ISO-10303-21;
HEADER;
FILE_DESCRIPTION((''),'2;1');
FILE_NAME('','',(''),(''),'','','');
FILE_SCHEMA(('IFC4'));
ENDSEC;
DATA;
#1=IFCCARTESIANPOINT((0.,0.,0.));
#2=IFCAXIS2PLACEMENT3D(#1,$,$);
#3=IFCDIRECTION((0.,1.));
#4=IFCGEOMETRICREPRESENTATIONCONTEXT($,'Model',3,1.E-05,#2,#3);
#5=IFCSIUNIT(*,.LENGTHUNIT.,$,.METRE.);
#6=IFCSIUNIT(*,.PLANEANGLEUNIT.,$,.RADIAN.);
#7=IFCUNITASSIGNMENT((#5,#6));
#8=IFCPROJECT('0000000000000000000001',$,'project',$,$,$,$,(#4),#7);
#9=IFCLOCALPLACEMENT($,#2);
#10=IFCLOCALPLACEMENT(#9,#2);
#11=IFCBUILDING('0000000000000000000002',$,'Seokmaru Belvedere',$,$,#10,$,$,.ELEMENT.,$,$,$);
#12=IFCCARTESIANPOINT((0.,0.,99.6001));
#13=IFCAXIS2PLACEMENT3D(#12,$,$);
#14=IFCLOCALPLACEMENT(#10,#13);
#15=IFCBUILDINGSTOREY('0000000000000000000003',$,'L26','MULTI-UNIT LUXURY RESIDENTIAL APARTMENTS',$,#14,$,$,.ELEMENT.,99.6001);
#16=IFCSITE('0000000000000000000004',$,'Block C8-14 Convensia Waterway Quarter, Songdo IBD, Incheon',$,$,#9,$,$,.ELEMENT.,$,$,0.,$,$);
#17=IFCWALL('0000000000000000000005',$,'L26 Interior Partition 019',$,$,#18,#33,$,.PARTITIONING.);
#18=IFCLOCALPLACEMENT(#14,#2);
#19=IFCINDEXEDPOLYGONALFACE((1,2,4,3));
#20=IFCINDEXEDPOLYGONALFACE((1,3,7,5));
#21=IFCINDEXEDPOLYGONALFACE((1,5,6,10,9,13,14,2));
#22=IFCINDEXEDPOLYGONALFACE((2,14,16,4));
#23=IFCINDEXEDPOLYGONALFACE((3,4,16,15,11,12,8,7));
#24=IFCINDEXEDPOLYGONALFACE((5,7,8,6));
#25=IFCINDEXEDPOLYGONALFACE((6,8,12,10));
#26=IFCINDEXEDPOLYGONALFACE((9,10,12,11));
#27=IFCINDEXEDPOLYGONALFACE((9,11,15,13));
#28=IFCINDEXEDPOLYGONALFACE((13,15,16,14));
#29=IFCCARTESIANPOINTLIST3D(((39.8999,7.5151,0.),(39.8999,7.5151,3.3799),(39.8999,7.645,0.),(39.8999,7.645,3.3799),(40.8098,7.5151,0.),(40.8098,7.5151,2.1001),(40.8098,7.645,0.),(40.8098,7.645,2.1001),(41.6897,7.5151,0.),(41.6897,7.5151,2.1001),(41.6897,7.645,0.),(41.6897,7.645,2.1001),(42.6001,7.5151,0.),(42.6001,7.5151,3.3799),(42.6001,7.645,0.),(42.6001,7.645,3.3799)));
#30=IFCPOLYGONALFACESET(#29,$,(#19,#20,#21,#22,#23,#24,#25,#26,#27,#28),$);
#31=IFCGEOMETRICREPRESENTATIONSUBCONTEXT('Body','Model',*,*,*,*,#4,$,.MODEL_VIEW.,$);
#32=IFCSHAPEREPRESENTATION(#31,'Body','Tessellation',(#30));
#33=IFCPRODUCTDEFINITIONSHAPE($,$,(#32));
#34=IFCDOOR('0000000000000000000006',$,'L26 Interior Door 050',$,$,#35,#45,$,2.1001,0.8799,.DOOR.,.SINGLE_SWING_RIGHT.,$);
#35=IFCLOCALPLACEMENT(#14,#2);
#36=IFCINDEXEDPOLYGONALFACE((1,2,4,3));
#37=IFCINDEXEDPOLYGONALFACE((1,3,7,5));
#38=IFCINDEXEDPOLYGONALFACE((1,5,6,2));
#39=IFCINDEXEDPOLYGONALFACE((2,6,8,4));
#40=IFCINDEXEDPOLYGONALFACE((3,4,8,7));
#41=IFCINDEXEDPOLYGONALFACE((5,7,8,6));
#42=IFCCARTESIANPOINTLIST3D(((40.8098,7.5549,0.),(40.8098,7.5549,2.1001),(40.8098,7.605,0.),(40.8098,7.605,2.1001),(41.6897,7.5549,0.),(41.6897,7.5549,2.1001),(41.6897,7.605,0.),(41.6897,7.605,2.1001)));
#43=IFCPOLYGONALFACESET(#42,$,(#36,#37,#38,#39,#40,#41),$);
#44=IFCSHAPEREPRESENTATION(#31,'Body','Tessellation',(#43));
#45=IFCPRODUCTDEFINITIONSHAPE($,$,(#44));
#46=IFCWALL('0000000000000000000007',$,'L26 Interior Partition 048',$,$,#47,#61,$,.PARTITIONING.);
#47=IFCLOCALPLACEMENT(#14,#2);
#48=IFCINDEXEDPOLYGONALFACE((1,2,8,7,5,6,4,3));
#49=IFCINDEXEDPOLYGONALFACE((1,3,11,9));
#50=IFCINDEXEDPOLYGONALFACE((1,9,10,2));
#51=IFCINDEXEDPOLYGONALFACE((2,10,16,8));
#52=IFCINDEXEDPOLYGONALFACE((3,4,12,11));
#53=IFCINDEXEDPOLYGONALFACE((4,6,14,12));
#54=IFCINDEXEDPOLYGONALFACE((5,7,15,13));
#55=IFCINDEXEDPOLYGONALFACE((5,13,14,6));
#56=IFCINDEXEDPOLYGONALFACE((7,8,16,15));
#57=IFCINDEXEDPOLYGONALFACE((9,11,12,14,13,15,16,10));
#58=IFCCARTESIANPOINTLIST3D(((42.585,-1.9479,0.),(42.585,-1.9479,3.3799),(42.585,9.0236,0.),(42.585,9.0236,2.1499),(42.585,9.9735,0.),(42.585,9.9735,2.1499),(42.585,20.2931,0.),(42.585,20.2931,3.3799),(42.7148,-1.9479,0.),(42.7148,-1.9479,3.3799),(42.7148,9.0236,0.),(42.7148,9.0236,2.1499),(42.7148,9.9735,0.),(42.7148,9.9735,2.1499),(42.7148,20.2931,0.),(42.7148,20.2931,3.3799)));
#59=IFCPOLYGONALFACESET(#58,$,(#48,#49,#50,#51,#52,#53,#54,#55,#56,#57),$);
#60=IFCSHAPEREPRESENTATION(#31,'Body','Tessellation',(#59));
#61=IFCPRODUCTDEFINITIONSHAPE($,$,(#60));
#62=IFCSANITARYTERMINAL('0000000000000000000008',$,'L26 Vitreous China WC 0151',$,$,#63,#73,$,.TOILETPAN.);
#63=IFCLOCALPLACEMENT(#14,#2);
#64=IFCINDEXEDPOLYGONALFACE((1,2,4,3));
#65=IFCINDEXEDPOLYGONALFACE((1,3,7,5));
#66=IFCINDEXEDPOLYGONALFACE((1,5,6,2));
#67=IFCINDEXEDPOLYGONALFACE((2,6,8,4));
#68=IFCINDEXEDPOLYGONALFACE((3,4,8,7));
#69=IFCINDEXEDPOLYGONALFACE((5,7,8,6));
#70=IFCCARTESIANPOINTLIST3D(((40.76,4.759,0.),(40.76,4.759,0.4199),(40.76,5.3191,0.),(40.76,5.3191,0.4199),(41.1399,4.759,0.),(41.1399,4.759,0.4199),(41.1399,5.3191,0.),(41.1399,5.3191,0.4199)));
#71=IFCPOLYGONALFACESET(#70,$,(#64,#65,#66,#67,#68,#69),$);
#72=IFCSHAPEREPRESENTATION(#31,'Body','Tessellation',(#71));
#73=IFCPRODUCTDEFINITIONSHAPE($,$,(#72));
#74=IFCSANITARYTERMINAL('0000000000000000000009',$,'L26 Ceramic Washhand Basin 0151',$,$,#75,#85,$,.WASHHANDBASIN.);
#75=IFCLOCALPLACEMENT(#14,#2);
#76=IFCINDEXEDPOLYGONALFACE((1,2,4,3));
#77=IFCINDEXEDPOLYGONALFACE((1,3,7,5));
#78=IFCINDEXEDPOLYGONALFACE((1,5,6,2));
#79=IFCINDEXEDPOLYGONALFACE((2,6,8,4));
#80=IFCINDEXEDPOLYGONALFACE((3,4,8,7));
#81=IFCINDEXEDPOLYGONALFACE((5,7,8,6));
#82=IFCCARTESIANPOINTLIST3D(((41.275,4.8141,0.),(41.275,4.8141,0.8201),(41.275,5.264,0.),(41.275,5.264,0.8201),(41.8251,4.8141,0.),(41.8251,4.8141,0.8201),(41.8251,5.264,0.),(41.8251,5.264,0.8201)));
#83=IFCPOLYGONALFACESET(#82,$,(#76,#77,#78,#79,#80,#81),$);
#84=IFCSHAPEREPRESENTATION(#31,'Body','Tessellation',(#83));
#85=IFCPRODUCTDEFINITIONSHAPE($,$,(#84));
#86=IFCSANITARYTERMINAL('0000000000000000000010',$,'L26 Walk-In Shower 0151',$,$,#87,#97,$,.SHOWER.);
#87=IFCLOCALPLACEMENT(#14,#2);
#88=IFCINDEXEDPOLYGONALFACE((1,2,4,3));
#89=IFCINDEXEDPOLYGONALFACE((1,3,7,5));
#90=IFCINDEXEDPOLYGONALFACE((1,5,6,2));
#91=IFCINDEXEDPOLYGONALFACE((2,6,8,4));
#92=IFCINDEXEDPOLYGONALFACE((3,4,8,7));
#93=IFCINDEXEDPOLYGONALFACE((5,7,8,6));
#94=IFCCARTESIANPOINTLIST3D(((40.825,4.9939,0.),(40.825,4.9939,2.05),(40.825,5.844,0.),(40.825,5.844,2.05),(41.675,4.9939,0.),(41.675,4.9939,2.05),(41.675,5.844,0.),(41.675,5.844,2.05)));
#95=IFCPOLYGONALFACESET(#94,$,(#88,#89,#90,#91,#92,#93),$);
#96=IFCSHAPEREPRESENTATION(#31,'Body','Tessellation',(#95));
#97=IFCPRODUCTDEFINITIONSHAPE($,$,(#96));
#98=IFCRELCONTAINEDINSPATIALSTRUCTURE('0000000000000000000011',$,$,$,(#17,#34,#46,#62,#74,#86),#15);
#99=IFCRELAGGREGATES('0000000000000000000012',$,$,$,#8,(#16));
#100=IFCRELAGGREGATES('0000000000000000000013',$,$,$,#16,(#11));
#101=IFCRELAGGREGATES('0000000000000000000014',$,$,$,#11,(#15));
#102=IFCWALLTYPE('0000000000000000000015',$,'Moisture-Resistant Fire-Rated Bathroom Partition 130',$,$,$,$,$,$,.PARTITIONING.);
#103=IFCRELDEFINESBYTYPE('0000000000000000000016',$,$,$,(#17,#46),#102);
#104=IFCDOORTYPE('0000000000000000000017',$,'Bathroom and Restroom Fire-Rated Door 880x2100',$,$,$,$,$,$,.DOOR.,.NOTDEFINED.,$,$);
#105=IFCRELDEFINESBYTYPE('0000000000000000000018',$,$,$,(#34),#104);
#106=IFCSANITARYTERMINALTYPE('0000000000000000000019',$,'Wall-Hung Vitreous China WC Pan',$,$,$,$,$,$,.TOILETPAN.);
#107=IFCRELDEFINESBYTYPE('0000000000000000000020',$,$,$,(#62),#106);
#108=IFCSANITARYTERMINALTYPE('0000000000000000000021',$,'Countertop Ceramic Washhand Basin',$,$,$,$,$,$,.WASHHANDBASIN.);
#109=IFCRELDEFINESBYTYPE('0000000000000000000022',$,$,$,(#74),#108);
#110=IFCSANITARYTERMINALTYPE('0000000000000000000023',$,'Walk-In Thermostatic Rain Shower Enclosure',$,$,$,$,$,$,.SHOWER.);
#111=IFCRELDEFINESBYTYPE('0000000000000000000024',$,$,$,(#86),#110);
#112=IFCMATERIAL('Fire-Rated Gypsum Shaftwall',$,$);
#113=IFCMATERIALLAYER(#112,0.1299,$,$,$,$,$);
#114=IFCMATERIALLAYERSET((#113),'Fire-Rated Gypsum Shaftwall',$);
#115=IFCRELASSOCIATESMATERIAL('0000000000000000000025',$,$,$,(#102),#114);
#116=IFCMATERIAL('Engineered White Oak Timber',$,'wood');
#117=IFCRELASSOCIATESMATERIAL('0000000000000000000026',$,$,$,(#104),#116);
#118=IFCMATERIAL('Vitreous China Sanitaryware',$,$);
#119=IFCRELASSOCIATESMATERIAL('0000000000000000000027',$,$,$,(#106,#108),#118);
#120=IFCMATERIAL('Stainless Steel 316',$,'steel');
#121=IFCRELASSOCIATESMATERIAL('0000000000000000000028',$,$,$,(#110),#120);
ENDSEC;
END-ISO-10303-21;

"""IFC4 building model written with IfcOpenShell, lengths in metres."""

from ifc_helpers import new_model, si_unit, direction, frame, frame_2d, origin, origin_2d, place, context, subcontext, project, spatial, rectangle, extrude, source, transform, mapped, material, layer, layer_set, type_object, type_shapes, element, fill, save


model = new_model("IFC4")

# Units and contexts
model_context = context("Model", 3, precision=1e-05, world=origin(), true_north=direction((0.0, 1.0)))
body_context = subcontext(model_context, "Body", "Model", "MODEL_VIEW")
ifc_project = project(units=[si_unit("LENGTHUNIT", "METRE"), si_unit("PLANEANGLEUNIT", "RADIAN")], contexts=[model_context])

# Site, building, storey
site_placement = place(None, origin())
site = spatial("IfcSite", under=ifc_project, at=site_placement, Name="Block C8-14 Convensia Waterway Quarter, Songdo IBD, Incheon", CompositionType="ELEMENT", RefElevation=0.0)
building_placement = place(site_placement, origin())
building = spatial("IfcBuilding", under=site, at=building_placement, Name="Seokmaru Belvedere", CompositionType="ELEMENT")
storey_placement = place(building_placement, frame((0.0, 0.0, 99.6001)))
storey = spatial("IfcBuildingStorey", under=building, at=storey_placement, Name="L26", Description="MULTI-UNIT LUXURY RESIDENTIAL APARTMENTS", CompositionType="ELEMENT", Elevation=99.6001)

# Shared definitions
ifc_material_1 = material(Name="Fire-Rated Gypsum Shaftwall")
ifc_material_2 = material(Name="Engineered White Oak Timber", Category="wood")

# Wall, opening, door
ifc_layer_1 = layer(ifc_material_1, 0.1299)
ifc_layer_set_1 = layer_set([ifc_layer_1], Name="Fire-Rated Gypsum Shaftwall")
wall_type_1 = type_object("IfcWallType", Name="Moisture-Resistant Fire-Rated Bathroom Partition 130", PredefinedType="PARTITIONING", material=ifc_layer_set_1)
wall_1_placement = place(storey_placement, frame((39.8999, 7.5801, 0.0), z_axis=(0.0, 0.0, 1.0), x_axis=(1.0, 0.0, 0.0)))
wall_1 = element("IfcWall", 1, at=wall_1_placement, inside=storey, type_object=wall_type_1, Name="L26 Interior Partition 019", PredefinedType="PARTITIONING", context=body_context, shape_type="SweptSolid", body=[
    extrude(rectangle(XDim=2.7002, YDim=0.1299, at=frame_2d((1.3501, 0.0))), origin(), (0.0, 0.0, 1.0), 3.3799),
])
opening_1_placement = place(wall_1_placement, frame((0.9099, 0.0, 0.0)))
opening_1 = element("IfcOpeningElement", 2, at=opening_1_placement, cuts=wall_1, PredefinedType="OPENING", context=body_context, shape_type="SweptSolid", body=[
    extrude(rectangle(XDim=0.8799, YDim=2.1001, at=frame_2d((0.4399, 1.05))), frame((0.0, 0.075, 0.0), z_axis=(0.0, -1.0, 0.0), x_axis=(1.0, 0.0, 0.0)), (0.0, 0.0, 1.0), 0.1499),
])
door_type_1 = type_object("IfcDoorType", Name="Bathroom and Restroom Fire-Rated Door 880x2100", OperationType="NOTDEFINED", PredefinedType="DOOR", material=ifc_material_2)
shared_shape_1 = source(origin(), body_context, "Body", "SweptSolid", [
    extrude(rectangle(XDim=0.8799, YDim=2.1001, at=frame_2d((0.4399, 1.05))), frame((0.0, 0.0249, 0.0), z_axis=(0.0, -1.0, 0.0), x_axis=(1.0, 0.0, 0.0)), (0.0, 0.0, 1.0), 0.05),
])
type_shapes(door_type_1, [shared_shape_1])
door_1_placement = place(opening_1_placement, origin())
door_1 = element("IfcDoor", 3, at=door_1_placement, inside=storey, type_object=door_type_1, Name="L26 Interior Door 050", OperationType="SINGLE_SWING_RIGHT", OverallHeight=2.1001, OverallWidth=0.8799, PredefinedType="DOOR", context=body_context, shape_type="MappedRepresentation", body=[
    mapped(shared_shape_1, transform((0.0, 0.0, 0.0), scale=1.0)),
])
fill(opening_1, door_1)

# Wall, opening
wall_2_placement = place(storey_placement, frame((42.6499, -1.948, 0.0), z_axis=(0.0, 0.0, 1.0), x_axis=(0.0, 1.0, 0.0)))
wall_2 = element("IfcWall", 4, at=wall_2_placement, inside=storey, type_object=wall_type_1, Name="L26 Interior Partition 048", PredefinedType="PARTITIONING", context=body_context, shape_type="SweptSolid", body=[
    extrude(rectangle(XDim=22.241, YDim=0.1299, at=frame_2d((11.1206, 0.0))), origin(), (0.0, 0.0, 1.0), 3.3799),
])
opening_2_placement = place(wall_2_placement, frame((10.9714, 0.0, 0.0)))
element("IfcOpeningElement", 5, at=opening_2_placement, cuts=wall_2, PredefinedType="OPENING", context=body_context, shape_type="SweptSolid", body=[
    extrude(rectangle(XDim=0.95, YDim=2.1499, at=frame_2d((0.4751, 1.075))), frame((0.0, 0.075, 0.0), z_axis=(0.0, -1.0, 0.0), x_axis=(1.0, 0.0, 0.0)), (0.0, 0.0, 1.0), 0.1499),
])

# Sanitary terminals
ifc_material_3 = material(Name="Vitreous China Sanitaryware")
sanitary_terminal_type_1 = type_object("IfcSanitaryTerminalType", Name="Wall-Hung Vitreous China WC Pan", PredefinedType="TOILETPAN", material=ifc_material_3)
shared_shape_2 = source(origin(), body_context, "Body", "SweptSolid", [
    extrude(rectangle(XDim=0.3799, YDim=0.5601, at=origin_2d()), origin(), (0.0, 0.0, 1.0), 0.4199),
])
type_shapes(sanitary_terminal_type_1, [shared_shape_2])
sanitary_terminal_1_placement = place(storey_placement, frame((40.95, 5.0391, 0.0), z_axis=(0.0, 0.0, 1.0), x_axis=(1.0, 0.0, 0.0)))
element("IfcSanitaryTerminal", 6, at=sanitary_terminal_1_placement, inside=storey, type_object=sanitary_terminal_type_1, Name="L26 Vitreous China WC 0151", PredefinedType="TOILETPAN", context=body_context, shape_type="MappedRepresentation", body=[
    mapped(shared_shape_2, transform((0.0, 0.0, 0.0), scale=1.0)),
])
sanitary_terminal_type_2 = type_object("IfcSanitaryTerminalType", Name="Countertop Ceramic Washhand Basin", PredefinedType="WASHHANDBASIN", material=ifc_material_3)
shared_shape_3 = source(origin(), body_context, "Body", "SweptSolid", [
    extrude(rectangle(XDim=0.55, YDim=0.45, at=origin_2d()), origin(), (0.0, 0.0, 1.0), 0.8201),
])
type_shapes(sanitary_terminal_type_2, [shared_shape_3])
sanitary_terminal_2_placement = place(storey_placement, frame((41.55, 5.0391, 0.0), z_axis=(0.0, 0.0, 1.0), x_axis=(1.0, 0.0, 0.0)))
element("IfcSanitaryTerminal", 7, at=sanitary_terminal_2_placement, inside=storey, type_object=sanitary_terminal_type_2, Name="L26 Ceramic Washhand Basin 0151", PredefinedType="WASHHANDBASIN", context=body_context, shape_type="MappedRepresentation", body=[
    mapped(shared_shape_3, transform((0.0, 0.0, 0.0), scale=1.0)),
])
ifc_material_4 = material(Name="Stainless Steel 316", Category="steel")
sanitary_terminal_type_3 = type_object("IfcSanitaryTerminalType", Name="Walk-In Thermostatic Rain Shower Enclosure", PredefinedType="SHOWER", material=ifc_material_4)
shared_shape_4 = source(origin(), body_context, "Body", "SweptSolid", [
    extrude(rectangle(XDim=0.8501, YDim=0.8501, at=origin_2d()), origin(), (0.0, 0.0, 1.0), 2.05),
])
type_shapes(sanitary_terminal_type_3, [shared_shape_4])
sanitary_terminal_3_placement = place(storey_placement, frame((41.25, 5.4189, 0.0), z_axis=(0.0, 0.0, 1.0), x_axis=(1.0, 0.0, 0.0)))
element("IfcSanitaryTerminal", 8, at=sanitary_terminal_3_placement, inside=storey, type_object=sanitary_terminal_type_3, Name="L26 Walk-In Shower 0151", PredefinedType="SHOWER", context=body_context, shape_type="MappedRepresentation", body=[
    mapped(shared_shape_4, transform((0.0, 0.0, 0.0), scale=1.0)),
])

save(model, "model.ifc")
